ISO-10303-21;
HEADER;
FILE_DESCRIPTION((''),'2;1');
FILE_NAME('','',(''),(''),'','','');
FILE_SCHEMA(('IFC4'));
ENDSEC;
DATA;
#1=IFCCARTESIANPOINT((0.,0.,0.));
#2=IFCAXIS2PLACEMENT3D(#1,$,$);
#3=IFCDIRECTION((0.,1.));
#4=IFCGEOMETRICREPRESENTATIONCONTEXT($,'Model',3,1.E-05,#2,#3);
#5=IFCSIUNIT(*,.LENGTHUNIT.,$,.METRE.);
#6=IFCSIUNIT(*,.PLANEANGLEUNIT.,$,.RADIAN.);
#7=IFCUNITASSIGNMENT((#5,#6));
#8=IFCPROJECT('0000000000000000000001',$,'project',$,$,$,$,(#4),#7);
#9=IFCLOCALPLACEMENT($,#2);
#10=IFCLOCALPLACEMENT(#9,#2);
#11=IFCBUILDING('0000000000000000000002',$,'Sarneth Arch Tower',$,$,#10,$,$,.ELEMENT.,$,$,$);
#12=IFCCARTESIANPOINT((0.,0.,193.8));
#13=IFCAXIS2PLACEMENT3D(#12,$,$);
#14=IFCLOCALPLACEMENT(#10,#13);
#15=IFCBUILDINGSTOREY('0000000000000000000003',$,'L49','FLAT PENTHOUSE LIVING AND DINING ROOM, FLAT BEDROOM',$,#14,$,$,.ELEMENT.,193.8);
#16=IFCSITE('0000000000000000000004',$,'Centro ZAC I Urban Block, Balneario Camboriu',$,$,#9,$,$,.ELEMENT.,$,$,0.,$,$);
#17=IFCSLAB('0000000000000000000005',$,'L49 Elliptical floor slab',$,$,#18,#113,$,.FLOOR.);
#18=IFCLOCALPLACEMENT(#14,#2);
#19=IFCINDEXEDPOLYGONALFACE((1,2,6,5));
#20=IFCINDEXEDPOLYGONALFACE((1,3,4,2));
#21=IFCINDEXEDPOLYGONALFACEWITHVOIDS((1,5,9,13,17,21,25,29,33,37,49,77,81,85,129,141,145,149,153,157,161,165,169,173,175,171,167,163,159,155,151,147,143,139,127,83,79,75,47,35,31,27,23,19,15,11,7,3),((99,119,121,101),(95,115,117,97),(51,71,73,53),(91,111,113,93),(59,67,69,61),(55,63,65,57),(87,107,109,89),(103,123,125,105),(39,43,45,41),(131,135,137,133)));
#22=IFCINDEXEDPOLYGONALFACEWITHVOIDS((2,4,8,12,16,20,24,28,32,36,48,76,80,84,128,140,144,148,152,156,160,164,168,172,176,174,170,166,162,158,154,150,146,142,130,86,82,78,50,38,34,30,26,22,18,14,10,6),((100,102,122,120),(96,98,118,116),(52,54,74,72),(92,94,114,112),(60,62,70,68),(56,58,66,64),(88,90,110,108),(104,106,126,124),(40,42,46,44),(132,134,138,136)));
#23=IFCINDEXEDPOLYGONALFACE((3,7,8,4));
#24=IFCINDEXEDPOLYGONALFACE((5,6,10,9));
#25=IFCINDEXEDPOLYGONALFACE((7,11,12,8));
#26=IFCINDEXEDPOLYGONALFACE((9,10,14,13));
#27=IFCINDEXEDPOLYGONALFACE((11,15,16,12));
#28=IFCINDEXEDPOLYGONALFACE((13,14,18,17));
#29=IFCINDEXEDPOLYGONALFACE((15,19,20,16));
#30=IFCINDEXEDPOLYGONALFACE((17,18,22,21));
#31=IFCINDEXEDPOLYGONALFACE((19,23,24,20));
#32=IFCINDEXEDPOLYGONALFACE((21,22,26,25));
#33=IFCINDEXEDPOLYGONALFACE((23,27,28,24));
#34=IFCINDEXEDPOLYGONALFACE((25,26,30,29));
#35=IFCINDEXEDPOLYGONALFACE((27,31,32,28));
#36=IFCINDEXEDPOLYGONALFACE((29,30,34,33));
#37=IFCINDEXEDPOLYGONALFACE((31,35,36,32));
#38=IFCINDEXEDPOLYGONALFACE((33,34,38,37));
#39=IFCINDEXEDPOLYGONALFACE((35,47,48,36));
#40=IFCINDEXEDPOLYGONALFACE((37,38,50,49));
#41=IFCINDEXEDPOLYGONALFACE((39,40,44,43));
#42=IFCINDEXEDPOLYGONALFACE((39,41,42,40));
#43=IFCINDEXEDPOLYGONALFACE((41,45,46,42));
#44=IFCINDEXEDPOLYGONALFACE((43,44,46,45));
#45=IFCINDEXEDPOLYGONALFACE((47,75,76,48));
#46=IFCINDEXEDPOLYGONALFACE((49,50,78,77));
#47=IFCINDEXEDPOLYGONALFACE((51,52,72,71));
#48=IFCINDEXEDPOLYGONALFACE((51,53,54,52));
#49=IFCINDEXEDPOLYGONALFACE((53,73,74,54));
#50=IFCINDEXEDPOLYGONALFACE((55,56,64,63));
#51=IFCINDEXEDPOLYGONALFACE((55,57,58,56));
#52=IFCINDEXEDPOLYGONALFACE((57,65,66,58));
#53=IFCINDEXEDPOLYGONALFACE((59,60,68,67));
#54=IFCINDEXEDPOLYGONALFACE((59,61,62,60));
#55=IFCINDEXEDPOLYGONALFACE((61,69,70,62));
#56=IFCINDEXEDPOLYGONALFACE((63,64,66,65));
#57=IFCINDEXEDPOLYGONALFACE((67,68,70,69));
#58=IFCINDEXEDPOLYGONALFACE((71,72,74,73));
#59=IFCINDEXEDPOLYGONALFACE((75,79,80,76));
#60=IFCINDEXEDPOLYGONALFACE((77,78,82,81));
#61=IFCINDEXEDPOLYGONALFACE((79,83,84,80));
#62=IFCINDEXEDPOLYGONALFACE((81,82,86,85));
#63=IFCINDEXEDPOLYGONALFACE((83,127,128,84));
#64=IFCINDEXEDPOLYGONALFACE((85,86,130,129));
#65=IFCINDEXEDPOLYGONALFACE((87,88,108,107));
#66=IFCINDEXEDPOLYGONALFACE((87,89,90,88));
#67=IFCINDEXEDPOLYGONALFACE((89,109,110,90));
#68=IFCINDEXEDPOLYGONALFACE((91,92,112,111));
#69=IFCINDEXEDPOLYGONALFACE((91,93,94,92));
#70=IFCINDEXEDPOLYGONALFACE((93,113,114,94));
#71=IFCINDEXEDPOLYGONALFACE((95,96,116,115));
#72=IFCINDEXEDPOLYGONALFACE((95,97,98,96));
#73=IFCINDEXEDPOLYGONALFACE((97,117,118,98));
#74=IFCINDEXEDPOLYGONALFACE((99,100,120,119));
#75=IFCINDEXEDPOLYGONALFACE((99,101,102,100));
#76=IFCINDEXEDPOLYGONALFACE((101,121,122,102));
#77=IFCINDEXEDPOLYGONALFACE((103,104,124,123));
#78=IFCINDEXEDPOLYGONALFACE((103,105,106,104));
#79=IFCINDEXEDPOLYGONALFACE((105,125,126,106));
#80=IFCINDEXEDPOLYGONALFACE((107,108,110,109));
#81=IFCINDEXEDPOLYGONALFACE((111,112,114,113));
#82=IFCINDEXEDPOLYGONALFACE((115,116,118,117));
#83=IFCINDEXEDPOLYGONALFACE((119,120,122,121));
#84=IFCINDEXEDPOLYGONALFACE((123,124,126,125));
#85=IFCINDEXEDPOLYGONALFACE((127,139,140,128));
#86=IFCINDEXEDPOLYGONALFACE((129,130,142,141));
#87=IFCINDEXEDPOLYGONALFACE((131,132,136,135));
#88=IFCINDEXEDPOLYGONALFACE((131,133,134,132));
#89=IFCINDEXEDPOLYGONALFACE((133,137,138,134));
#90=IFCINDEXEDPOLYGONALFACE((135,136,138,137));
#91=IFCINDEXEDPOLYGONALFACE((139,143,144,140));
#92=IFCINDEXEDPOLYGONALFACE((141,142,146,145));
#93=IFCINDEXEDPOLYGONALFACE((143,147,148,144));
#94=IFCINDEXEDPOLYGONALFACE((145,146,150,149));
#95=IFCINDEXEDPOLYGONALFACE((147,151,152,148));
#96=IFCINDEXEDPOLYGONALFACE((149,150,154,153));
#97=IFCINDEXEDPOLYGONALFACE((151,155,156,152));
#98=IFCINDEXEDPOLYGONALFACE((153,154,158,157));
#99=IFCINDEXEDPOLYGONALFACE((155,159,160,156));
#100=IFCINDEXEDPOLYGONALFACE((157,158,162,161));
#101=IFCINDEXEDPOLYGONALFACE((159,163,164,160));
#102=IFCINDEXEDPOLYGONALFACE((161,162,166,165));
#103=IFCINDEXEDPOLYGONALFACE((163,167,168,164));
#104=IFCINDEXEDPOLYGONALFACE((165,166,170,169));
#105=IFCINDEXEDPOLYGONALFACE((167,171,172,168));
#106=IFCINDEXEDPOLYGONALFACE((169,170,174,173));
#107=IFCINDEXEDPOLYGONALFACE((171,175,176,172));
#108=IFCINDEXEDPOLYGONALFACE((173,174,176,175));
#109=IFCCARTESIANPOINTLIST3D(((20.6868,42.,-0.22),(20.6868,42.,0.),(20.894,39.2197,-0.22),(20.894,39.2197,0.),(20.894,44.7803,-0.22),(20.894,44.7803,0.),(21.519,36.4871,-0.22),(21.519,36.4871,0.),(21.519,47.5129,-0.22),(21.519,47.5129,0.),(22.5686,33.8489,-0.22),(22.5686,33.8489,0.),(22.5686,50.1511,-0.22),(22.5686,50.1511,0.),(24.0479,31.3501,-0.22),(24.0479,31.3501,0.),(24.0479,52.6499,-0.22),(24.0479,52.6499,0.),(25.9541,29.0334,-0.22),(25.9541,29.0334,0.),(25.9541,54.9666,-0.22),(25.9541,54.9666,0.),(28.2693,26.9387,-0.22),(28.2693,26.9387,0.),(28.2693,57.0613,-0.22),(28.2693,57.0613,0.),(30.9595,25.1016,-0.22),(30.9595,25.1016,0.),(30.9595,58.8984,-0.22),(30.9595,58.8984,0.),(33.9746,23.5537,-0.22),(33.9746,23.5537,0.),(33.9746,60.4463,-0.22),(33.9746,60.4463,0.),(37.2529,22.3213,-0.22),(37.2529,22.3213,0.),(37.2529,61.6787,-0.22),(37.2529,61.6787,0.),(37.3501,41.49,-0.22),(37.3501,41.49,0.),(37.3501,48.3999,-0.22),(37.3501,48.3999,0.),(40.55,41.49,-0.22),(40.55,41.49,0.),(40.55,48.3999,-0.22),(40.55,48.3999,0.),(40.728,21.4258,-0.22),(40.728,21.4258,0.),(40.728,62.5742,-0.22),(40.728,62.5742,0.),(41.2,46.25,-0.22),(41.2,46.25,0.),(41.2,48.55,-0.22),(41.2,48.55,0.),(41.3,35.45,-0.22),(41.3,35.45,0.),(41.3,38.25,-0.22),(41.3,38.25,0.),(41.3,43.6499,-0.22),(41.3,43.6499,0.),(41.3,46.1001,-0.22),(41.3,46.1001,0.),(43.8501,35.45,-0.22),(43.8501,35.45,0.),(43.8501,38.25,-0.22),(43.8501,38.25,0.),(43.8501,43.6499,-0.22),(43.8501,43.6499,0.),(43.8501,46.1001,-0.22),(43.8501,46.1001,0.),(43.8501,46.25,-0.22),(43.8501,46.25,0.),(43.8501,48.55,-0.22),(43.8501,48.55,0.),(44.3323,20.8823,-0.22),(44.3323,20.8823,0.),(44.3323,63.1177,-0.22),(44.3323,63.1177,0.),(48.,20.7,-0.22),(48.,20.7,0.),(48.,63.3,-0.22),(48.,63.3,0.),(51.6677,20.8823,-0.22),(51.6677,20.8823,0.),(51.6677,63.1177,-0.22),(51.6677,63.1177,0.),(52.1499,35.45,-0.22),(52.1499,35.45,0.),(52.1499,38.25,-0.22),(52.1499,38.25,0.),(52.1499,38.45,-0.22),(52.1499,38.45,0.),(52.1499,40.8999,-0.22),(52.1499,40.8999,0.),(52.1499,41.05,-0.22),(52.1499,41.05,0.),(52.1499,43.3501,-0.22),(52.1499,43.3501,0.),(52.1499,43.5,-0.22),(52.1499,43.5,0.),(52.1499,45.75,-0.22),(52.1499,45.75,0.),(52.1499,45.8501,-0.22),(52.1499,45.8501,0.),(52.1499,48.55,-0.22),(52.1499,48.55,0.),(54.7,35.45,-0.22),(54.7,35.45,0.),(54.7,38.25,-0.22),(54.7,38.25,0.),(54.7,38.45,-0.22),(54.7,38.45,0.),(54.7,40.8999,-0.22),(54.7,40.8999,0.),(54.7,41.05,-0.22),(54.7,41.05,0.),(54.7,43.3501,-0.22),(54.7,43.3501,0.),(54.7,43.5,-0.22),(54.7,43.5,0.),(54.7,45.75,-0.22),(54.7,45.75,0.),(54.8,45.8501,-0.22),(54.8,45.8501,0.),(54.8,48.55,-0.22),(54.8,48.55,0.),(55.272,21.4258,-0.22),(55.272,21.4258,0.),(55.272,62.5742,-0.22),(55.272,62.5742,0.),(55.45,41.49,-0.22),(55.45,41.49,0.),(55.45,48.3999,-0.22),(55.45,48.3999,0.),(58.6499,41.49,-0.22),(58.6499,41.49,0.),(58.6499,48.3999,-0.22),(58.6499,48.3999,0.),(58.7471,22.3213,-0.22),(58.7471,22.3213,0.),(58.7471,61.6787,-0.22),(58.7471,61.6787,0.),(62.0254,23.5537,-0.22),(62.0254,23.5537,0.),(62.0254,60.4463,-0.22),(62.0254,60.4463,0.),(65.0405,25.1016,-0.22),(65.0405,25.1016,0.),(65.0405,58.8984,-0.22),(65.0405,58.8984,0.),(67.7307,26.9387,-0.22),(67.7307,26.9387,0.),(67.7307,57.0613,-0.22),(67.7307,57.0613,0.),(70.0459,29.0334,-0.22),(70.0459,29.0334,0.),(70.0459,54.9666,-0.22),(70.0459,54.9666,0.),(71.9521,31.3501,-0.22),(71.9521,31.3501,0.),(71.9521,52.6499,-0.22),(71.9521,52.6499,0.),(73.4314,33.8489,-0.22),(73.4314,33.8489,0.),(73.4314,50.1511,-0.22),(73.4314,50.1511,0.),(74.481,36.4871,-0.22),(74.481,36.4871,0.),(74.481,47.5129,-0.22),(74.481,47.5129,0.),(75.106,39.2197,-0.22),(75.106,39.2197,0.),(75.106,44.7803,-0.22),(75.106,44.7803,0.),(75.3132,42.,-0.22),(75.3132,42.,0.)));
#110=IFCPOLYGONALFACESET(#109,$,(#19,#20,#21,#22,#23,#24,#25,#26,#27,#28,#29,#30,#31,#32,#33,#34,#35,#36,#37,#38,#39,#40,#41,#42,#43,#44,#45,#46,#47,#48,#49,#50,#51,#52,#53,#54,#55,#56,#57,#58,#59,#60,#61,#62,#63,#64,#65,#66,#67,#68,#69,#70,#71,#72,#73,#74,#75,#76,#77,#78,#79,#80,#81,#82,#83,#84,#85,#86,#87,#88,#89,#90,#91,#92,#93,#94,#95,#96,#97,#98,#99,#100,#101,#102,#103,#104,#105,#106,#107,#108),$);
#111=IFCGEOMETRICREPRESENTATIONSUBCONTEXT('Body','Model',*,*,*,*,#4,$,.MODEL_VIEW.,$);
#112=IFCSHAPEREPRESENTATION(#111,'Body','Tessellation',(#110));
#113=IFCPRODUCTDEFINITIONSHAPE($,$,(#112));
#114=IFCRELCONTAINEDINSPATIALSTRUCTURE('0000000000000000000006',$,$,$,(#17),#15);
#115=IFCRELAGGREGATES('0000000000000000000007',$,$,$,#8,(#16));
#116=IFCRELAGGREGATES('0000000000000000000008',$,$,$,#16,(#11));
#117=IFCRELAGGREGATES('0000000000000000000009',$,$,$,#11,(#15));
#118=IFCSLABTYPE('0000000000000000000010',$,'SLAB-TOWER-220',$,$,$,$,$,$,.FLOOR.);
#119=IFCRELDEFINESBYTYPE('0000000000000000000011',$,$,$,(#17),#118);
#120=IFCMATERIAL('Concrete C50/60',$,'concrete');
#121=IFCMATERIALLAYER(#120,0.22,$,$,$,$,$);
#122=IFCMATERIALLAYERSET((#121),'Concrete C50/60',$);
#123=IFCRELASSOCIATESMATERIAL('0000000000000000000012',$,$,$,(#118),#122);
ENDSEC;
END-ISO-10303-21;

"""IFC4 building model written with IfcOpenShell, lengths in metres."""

from ifc_helpers import new_model, si_unit, direction, frame, origin, place, context, subcontext, project, spatial, polyline, outline, extrude, material, layer, layer_set, type_object, element, save


model = new_model("IFC4")

# Units and contexts
model_context = context("Model", 3, precision=1e-05, world=origin(), true_north=direction((0.0, 1.0)))
body_context = subcontext(model_context, "Body", "Model", "MODEL_VIEW")
ifc_project = project(units=[si_unit("LENGTHUNIT", "METRE"), si_unit("PLANEANGLEUNIT", "RADIAN")], contexts=[model_context])

# Site, building, storey
site_placement = place(None, origin())
site = spatial("IfcSite", under=ifc_project, at=site_placement, Name="Centro ZAC I Urban Block, Balneario Camboriu", CompositionType="ELEMENT", RefElevation=0.0)
building_placement = place(site_placement, origin())
building = spatial("IfcBuilding", under=site, at=building_placement, Name="Sarneth Arch Tower", CompositionType="ELEMENT")
storey_placement = place(building_placement, frame((0.0, 0.0, 193.8)))
storey = spatial("IfcBuildingStorey", under=building, at=storey_placement, Name="L49", Description="FLAT PENTHOUSE LIVING AND DINING ROOM, FLAT BEDROOM", CompositionType="ELEMENT", Elevation=193.8)

# Slab
ifc_material_1 = material(Name="Concrete C50/60", Category="concrete")
ifc_layer_1 = layer(ifc_material_1, 0.22)
ifc_layer_set_1 = layer_set([ifc_layer_1], Name="Concrete C50/60")
slab_type_1 = type_object("IfcSlabType", Name="SLAB-TOWER-220", PredefinedType="FLOOR", material=ifc_layer_set_1)
slab_1_placement = place(storey_placement, frame((0.0, 0.0, -0.22)))
element("IfcSlab", 1, at=slab_1_placement, inside=storey, type_object=slab_type_1, Name="L49 Elliptical floor slab", PredefinedType="FLOOR", context=body_context, shape_type="SweptSolid", body=[
    extrude(outline(polyline([(75.3132, 42.0), (75.106, 44.7803), (74.481, 47.5129), (73.4314, 50.1511), (71.9521, 52.6499), (70.0459, 54.9666), (67.7307, 57.0613), (65.0405, 58.8984), (62.0254, 60.4463), (58.7471, 61.6787), (55.272, 62.5742), (51.6677, 63.1177), (48.0, 63.3), (44.3323, 63.1177), (40.728, 62.5742), (37.2529, 61.6787), (33.9746, 60.4463), (30.9595, 58.8984), (28.2693, 57.0613), (25.9541, 54.9666), (24.0479, 52.6499), (22.5686, 50.1511), (21.519, 47.5129), (20.894, 44.7803), (20.6868, 42.0), (20.894, 39.2197), (21.519, 36.4871), (22.5686, 33.8489), (24.0479, 31.3501), (25.9541, 29.0334), (28.2693, 26.9387), (30.9595, 25.1016), (33.9746, 23.5537), (37.2529, 22.3213), (40.728, 21.4258), (44.3323, 20.8823), (48.0, 20.7), (51.6677, 20.8823), (55.272, 21.4258), (58.7471, 22.3213), (62.0254, 23.5537), (65.0405, 25.1016), (67.7307, 26.9387), (70.0459, 29.0334), (71.9521, 31.3501), (73.4314, 33.8489), (74.481, 36.4871), (75.106, 39.2197), (75.3132, 42.0)]), holes=[polyline([(37.3501, 41.49), (40.55, 41.49), (40.55, 48.3999), (37.3501, 48.3999), (37.3501, 41.49)]), polyline([(55.45, 41.49), (58.6499, 41.49), (58.6499, 48.3999), (55.45, 48.3999), (55.45, 41.49)]), polyline([(41.2, 46.25), (43.8501, 46.25), (43.8501, 48.55), (41.2, 48.55), (41.2, 46.25)]), polyline([(41.3, 35.45), (43.8501, 35.45), (43.8501, 38.25), (41.3, 38.25), (41.3, 35.45)]), polyline([(52.1499, 35.45), (54.7, 35.45), (54.7, 38.25), (52.1499, 38.25), (52.1499, 35.45)]), polyline([(52.1499, 45.8501), (54.8, 45.8501), (54.8, 48.55), (52.1499, 48.55), (52.1499, 45.8501)]), polyline([(41.3, 43.6499), (43.8501, 43.6499), (43.8501, 46.1001), (41.3, 46.1001), (41.3, 43.6499)]), polyline([(52.1499, 38.45), (54.7, 38.45), (54.7, 40.8999), (52.1499, 40.8999), (52.1499, 38.45)]), polyline([(52.1499, 41.05), (54.7, 41.05), (54.7, 43.3501), (52.1499, 43.3501), (52.1499, 41.05)]), polyline([(52.1499, 43.5), (54.7, 43.5), (54.7, 45.75), (52.1499, 45.75), (52.1499, 43.5)])]), origin(), (0.0, 0.0, 1.0), 0.22),
])

save(model, "model.ifc")
